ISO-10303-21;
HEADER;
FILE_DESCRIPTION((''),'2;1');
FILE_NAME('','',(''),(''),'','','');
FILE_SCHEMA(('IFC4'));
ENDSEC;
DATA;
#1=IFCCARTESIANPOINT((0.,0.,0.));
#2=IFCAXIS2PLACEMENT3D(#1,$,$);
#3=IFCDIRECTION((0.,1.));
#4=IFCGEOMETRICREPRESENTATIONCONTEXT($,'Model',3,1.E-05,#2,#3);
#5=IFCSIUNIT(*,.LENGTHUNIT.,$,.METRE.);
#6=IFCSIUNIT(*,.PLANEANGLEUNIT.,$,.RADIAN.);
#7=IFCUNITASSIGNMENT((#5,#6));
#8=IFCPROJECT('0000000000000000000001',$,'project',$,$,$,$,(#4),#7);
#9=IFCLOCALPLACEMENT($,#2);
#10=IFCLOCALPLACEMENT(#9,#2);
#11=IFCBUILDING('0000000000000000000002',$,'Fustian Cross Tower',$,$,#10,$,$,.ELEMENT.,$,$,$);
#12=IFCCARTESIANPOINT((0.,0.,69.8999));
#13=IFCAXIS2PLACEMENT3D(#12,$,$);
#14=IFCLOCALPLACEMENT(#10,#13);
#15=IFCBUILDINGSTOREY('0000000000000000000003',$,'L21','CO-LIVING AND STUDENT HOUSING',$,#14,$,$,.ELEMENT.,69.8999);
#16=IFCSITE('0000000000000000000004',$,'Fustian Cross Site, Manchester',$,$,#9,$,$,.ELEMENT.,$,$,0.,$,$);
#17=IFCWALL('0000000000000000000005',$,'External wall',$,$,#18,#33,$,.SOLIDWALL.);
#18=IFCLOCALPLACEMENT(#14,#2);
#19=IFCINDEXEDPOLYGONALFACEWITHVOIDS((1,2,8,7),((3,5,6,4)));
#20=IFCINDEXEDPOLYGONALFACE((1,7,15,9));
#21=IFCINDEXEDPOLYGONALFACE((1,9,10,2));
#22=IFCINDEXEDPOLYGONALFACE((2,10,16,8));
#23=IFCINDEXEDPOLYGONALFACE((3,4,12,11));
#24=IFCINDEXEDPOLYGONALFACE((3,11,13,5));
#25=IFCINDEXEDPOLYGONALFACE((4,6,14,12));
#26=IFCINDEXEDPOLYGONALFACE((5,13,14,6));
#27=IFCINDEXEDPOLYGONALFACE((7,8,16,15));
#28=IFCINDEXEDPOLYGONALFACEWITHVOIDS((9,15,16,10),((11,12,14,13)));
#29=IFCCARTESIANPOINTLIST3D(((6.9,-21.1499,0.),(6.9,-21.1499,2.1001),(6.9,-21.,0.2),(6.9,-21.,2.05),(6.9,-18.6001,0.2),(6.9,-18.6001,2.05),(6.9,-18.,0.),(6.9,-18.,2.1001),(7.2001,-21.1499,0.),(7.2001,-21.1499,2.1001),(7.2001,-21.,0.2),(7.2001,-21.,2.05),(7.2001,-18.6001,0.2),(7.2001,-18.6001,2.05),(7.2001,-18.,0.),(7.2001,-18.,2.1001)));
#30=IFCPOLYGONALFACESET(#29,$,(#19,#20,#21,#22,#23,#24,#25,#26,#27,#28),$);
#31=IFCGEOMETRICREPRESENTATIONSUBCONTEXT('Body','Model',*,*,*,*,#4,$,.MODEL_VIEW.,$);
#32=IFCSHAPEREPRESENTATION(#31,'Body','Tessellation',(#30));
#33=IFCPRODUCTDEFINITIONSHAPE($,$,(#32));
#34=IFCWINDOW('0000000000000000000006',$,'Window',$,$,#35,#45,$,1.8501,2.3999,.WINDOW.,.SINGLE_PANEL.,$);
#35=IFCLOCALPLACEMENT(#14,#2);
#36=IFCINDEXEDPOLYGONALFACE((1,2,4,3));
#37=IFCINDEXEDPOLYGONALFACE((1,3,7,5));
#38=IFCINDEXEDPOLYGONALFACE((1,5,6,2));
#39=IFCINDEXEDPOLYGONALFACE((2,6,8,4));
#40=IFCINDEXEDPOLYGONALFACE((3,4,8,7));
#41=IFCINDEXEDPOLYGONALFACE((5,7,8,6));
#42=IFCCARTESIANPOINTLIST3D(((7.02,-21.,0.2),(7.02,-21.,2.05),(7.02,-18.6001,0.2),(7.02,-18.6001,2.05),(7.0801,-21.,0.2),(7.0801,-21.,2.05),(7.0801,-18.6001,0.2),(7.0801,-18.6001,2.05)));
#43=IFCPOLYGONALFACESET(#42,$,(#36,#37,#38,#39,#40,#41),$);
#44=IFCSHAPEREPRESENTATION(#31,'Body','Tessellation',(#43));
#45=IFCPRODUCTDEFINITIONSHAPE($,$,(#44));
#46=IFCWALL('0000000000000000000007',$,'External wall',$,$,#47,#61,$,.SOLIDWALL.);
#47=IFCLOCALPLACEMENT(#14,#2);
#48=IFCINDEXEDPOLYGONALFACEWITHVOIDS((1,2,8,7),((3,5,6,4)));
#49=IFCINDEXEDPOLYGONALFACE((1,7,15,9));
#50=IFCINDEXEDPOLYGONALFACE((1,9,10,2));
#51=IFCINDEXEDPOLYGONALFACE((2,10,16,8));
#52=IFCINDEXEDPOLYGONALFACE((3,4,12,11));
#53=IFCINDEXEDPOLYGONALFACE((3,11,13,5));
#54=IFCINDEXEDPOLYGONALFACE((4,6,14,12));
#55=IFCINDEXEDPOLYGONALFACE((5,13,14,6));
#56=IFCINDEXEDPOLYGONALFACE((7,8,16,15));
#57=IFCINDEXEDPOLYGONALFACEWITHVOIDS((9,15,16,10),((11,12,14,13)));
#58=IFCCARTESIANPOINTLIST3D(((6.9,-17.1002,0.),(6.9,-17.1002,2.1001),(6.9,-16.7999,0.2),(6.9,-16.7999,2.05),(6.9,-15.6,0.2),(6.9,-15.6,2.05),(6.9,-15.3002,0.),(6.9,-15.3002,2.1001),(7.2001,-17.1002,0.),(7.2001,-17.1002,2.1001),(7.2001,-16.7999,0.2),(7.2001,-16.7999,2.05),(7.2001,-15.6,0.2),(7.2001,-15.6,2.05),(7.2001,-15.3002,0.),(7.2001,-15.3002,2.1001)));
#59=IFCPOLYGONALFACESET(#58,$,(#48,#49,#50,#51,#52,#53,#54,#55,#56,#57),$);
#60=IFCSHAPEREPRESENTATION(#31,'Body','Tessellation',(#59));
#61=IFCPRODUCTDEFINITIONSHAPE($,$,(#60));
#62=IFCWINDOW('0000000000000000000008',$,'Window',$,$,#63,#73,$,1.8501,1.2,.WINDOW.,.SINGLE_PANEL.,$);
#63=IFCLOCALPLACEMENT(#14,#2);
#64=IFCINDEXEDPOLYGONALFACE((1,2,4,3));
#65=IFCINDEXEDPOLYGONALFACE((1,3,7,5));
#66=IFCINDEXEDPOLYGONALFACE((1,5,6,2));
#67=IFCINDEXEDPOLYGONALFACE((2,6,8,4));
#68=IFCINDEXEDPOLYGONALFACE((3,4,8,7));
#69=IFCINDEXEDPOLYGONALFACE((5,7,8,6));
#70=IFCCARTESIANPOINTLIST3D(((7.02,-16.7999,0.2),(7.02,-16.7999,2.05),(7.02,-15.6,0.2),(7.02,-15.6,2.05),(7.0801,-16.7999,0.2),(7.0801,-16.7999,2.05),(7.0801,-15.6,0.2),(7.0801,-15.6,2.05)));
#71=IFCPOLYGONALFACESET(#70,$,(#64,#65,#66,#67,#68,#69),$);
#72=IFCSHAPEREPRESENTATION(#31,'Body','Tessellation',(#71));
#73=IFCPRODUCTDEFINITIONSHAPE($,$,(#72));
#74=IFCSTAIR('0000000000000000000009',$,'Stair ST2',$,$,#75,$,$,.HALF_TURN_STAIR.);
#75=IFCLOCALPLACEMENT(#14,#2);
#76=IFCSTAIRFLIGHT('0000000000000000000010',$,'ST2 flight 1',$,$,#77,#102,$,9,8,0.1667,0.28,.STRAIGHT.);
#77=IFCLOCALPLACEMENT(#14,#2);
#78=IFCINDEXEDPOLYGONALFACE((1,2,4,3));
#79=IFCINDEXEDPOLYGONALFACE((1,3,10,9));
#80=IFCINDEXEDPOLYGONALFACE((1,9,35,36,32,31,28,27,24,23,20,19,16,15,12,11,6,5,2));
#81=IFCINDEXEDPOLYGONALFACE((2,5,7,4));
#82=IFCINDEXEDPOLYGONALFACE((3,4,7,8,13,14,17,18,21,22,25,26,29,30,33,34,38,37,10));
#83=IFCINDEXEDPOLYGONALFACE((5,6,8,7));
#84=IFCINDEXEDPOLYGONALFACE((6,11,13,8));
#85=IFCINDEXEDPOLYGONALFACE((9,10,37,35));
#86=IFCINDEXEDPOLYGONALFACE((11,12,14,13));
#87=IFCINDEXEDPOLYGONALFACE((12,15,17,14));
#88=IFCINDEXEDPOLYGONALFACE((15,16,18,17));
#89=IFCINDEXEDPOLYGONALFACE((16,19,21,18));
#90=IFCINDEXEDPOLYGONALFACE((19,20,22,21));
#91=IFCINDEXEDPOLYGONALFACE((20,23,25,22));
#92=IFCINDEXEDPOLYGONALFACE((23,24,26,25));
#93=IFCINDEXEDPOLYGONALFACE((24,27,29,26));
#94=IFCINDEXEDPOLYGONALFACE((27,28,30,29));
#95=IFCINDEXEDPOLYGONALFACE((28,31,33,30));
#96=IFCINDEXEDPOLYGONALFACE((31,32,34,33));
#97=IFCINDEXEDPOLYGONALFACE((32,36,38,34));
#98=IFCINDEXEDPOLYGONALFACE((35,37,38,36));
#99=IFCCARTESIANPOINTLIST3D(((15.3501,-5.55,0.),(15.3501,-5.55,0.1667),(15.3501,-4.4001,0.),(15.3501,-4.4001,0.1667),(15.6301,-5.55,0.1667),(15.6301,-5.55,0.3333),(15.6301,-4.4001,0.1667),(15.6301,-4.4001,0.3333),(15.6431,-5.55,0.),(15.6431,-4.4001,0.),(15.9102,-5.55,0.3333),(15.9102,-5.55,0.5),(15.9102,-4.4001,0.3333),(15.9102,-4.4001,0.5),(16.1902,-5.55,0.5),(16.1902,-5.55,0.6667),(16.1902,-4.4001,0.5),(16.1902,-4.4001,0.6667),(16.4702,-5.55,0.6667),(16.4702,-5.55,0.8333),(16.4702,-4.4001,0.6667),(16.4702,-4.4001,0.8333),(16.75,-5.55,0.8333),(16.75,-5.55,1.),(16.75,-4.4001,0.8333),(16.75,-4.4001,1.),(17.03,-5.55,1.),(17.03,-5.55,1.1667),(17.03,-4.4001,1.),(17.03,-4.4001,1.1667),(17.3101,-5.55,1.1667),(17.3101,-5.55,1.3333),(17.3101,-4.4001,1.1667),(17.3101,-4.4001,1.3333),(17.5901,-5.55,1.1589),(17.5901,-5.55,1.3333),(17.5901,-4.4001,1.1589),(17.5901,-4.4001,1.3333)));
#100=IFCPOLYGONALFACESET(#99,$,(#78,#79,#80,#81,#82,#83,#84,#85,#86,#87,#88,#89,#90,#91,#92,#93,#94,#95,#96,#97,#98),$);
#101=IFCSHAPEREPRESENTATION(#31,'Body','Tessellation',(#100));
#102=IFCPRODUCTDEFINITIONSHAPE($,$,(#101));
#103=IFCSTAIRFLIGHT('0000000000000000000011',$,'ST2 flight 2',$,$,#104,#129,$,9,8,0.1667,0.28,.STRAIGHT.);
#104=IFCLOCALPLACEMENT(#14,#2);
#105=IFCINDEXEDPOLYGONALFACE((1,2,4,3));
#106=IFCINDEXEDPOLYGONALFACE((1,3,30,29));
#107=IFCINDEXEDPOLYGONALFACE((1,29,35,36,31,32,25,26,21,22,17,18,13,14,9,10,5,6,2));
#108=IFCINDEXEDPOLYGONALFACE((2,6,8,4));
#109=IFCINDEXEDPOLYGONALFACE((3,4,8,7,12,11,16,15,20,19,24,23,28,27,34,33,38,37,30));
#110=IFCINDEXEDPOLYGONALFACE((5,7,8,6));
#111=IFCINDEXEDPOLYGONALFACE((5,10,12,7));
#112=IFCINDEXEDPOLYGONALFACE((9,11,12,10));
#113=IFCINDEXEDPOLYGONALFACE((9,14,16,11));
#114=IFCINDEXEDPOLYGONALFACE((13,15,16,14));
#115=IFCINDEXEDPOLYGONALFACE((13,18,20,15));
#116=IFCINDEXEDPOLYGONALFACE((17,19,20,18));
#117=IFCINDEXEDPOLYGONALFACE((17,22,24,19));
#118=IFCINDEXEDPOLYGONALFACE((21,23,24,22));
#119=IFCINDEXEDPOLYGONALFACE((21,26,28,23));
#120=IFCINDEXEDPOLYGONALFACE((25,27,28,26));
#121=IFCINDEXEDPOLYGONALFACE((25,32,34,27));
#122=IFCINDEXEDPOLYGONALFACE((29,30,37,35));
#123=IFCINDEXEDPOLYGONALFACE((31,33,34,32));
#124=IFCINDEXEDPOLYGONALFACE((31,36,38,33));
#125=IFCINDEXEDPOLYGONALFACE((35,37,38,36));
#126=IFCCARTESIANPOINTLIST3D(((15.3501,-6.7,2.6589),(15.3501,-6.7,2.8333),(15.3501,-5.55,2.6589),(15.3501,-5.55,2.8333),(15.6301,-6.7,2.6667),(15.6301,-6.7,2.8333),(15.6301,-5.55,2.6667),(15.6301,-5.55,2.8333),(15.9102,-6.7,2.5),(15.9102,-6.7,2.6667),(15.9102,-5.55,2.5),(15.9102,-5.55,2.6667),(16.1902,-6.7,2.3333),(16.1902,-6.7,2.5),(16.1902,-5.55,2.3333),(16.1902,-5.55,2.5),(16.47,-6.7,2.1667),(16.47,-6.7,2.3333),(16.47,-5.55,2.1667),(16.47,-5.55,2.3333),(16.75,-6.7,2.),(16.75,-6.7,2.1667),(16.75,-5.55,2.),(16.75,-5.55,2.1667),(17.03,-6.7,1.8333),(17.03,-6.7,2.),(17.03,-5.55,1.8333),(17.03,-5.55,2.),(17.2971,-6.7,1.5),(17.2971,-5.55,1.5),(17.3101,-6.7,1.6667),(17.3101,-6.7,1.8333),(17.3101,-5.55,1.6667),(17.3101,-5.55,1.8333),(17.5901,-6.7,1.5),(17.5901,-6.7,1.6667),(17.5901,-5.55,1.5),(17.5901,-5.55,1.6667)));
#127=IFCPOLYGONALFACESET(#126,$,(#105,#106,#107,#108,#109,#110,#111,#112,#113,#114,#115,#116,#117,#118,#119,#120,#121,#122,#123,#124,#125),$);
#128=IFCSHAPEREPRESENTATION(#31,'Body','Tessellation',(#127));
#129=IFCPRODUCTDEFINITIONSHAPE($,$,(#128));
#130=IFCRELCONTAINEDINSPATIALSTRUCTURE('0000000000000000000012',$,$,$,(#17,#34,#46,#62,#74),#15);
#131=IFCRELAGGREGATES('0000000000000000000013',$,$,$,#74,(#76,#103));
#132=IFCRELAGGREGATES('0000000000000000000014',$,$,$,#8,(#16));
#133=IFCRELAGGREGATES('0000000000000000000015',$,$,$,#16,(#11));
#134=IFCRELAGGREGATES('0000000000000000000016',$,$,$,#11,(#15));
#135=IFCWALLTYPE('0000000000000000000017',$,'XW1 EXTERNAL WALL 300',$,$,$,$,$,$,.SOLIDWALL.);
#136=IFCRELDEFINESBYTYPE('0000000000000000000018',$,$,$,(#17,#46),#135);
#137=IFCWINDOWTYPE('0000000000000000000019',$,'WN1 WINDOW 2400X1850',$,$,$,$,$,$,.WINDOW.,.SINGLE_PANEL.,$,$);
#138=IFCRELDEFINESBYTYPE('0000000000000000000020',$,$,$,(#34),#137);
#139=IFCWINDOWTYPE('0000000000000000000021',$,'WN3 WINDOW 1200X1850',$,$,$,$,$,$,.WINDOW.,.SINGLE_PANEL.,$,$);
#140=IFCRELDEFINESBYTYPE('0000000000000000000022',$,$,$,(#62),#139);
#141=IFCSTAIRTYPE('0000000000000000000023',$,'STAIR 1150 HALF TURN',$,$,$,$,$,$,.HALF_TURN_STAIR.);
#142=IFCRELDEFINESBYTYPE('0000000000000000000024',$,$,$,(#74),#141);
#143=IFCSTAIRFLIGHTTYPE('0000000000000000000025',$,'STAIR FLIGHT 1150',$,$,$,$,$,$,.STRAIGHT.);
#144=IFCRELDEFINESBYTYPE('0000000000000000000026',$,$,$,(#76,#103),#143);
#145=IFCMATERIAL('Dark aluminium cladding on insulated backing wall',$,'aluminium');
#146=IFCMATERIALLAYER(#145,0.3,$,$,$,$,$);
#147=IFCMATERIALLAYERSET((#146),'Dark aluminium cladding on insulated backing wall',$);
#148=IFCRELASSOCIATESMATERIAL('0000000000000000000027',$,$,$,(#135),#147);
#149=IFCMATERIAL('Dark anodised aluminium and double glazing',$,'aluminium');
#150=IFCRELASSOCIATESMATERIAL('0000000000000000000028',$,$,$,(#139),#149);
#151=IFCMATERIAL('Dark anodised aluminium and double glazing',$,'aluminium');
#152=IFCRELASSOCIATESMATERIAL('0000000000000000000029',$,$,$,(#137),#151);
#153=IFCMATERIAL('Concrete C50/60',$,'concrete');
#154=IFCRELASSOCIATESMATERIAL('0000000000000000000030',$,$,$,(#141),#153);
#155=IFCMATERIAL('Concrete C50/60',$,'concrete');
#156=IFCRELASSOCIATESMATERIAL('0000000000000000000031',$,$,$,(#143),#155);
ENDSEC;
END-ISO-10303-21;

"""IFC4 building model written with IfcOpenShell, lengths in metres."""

from ifc_helpers import new_model, si_unit, direction, frame, frame_2d, origin, place, context, subcontext, project, spatial, polyline, rectangle, outline, extrude, material, layer, layer_set, type_object, element, fill, aggregate, save


model = new_model("IFC4")

# Units and contexts
model_context = context("Model", 3, precision=1e-05, world=origin(), true_north=direction((0.0, 1.0)))
body_context = subcontext(model_context, "Body", "Model", "MODEL_VIEW")
ifc_project = project(units=[si_unit("LENGTHUNIT", "METRE"), si_unit("PLANEANGLEUNIT", "RADIAN")], contexts=[model_context])

# Site, building, storey
site_placement = place(None, origin())
site = spatial("IfcSite", under=ifc_project, at=site_placement, Name="Fustian Cross Site, Manchester", CompositionType="ELEMENT", RefElevation=0.0)
building_placement = place(site_placement, origin())
building = spatial("IfcBuilding", under=site, at=building_placement, Name="Fustian Cross Tower", CompositionType="ELEMENT")
storey_placement = place(building_placement, frame((0.0, 0.0, 69.8999)))
storey = spatial("IfcBuildingStorey", under=building, at=storey_placement, Name="L21", Description="CO-LIVING AND STUDENT HOUSING", CompositionType="ELEMENT", Elevation=69.8999)

# Shared definitions
ifc_material_1 = material(Name="Dark aluminium cladding on insulated backing wall", Category="aluminium")
ifc_layer_1 = layer(ifc_material_1, 0.3)
ifc_layer_set_1 = layer_set([ifc_layer_1], Name="Dark aluminium cladding on insulated backing wall")
wall_type_1 = type_object("IfcWallType", Name="XW1 EXTERNAL WALL 300", PredefinedType="SOLIDWALL", material=ifc_layer_set_1)
ifc_material_2 = material(Name="Dark anodised aluminium and double glazing", Category="aluminium")
window_type_1 = type_object("IfcWindowType", Name="WN3 WINDOW 1200X1850", PartitioningType="SINGLE_PANEL", PredefinedType="WINDOW", material=ifc_material_2)
ifc_material_3 = material(Name="Dark anodised aluminium and double glazing", Category="aluminium")
window_type_2 = type_object("IfcWindowType", Name="WN1 WINDOW 2400X1850", PartitioningType="SINGLE_PANEL", PredefinedType="WINDOW", material=ifc_material_3)

# Walls, openings, windows
wall_1_placement = place(storey_placement, frame((7.05, -21.1499, 0.0), z_axis=(0.0, 0.0, 1.0), x_axis=(0.0, 1.0, 0.0)))
wall_1 = element("IfcWall", 1, at=wall_1_placement, inside=storey, type_object=wall_type_1, Name="External wall", PredefinedType="SOLIDWALL", context=body_context, shape_type="SweptSolid", body=[
    extrude(rectangle(XDim=3.1499, YDim=0.3, at=frame_2d((1.575, 0.0))), origin(), (0.0, 0.0, 1.0), 2.1001),
])
opening_1_placement = place(wall_1_placement, frame((0.1499, 0.0, 0.2)))
opening_1 = element("IfcOpeningElement", 2, at=opening_1_placement, cuts=wall_1, PredefinedType="OPENING", context=body_context, shape_type="SweptSolid", body=[
    extrude(rectangle(XDim=2.3999, YDim=1.8501, at=frame_2d((1.2, 0.925))), frame((0.0, 0.1599, 0.0), z_axis=(0.0, -1.0, 0.0), x_axis=(1.0, 0.0, 0.0)), (0.0, 0.0, 1.0), 0.3201),
])
window_1_placement = place(opening_1_placement, origin())
window_1 = element("IfcWindow", 3, at=window_1_placement, inside=storey, type_object=window_type_2, Name="Window", OverallHeight=1.8501, OverallWidth=2.3999, PartitioningType="SINGLE_PANEL", PredefinedType="WINDOW", context=body_context, shape_type="SweptSolid", body=[
    extrude(rectangle(XDim=2.3999, YDim=1.8501, at=frame_2d((1.2, 0.925))), frame((0.0, 0.03, 0.0), z_axis=(0.0, -1.0, 0.0), x_axis=(1.0, 0.0, 0.0)), (0.0, 0.0, 1.0), 0.0601),
])
fill(opening_1, window_1)
wall_2_placement = place(storey_placement, frame((7.05, -17.1001, 0.0), z_axis=(0.0, 0.0, 1.0), x_axis=(0.0, 1.0, 0.0)))
wall_2 = element("IfcWall", 4, at=wall_2_placement, inside=storey, type_object=wall_type_1, Name="External wall", PredefinedType="SOLIDWALL", context=body_context, shape_type="SweptSolid", body=[
    extrude(rectangle(XDim=1.8, YDim=0.3, at=frame_2d((0.8999, 0.0))), origin(), (0.0, 0.0, 1.0), 2.1001),
])
opening_2_placement = place(wall_2_placement, frame((0.3, 0.0, 0.2)))
opening_2 = element("IfcOpeningElement", 5, at=opening_2_placement, cuts=wall_2, PredefinedType="OPENING", context=body_context, shape_type="SweptSolid", body=[
    extrude(rectangle(XDim=1.2, YDim=1.8501, at=frame_2d((0.6001, 0.925))), frame((0.0, 0.1599, 0.0), z_axis=(0.0, -1.0, 0.0), x_axis=(1.0, 0.0, 0.0)), (0.0, 0.0, 1.0), 0.3201),
])
window_2_placement = place(opening_2_placement, origin())
window_2 = element("IfcWindow", 6, at=window_2_placement, inside=storey, type_object=window_type_1, Name="Window", OverallHeight=1.8501, OverallWidth=1.2, PartitioningType="SINGLE_PANEL", PredefinedType="WINDOW", context=body_context, shape_type="SweptSolid", body=[
    extrude(rectangle(XDim=1.2, YDim=1.8501, at=frame_2d((0.6001, 0.925))), frame((0.0, 0.03, 0.0), z_axis=(0.0, -1.0, 0.0), x_axis=(1.0, 0.0, 0.0)), (0.0, 0.0, 1.0), 0.0601),
])
fill(opening_2, window_2)

# Stair, stair flights
ifc_material_4 = material(Name="Concrete C50/60", Category="concrete")
stair_type = type_object("IfcStairType", Name="STAIR 1150 HALF TURN", PredefinedType="HALF_TURN_STAIR", material=ifc_material_4)
stair_placement = place(storey_placement, origin())
stair = element("IfcStair", 7, at=stair_placement, inside=storey, type_object=stair_type, Name="Stair ST2", PredefinedType="HALF_TURN_STAIR")
ifc_material_5 = material(Name="Concrete C50/60", Category="concrete")
stair_flight_type = type_object("IfcStairFlightType", Name="STAIR FLIGHT 1150", PredefinedType="STRAIGHT", material=ifc_material_5)
stair_flight_1_placement = place(storey_placement, frame((15.3501, -4.9751, 0.0), z_axis=(0.0, 0.0, 1.0), x_axis=(1.0, 0.0, 0.0)))
stair_flight_1 = element("IfcStairFlight", 8, at=stair_flight_1_placement, type_object=stair_flight_type, Name="ST2 flight 1", NumberOfRisers=9, NumberOfTreads=8, PredefinedType="STRAIGHT", RiserHeight=0.1667, TreadLength=0.28, context=body_context, shape_type="SweptSolid", body=[
    extrude(outline(polyline([(0.0, 0.0), (0.0, 0.1667), (0.28, 0.1667), (0.28, 0.3333), (0.5601, 0.3333), (0.5601, 0.5), (0.8401, 0.5), (0.8401, 0.6667), (1.1201, 0.6667), (1.1201, 0.8333), (1.3999, 0.8333), (1.3999, 1.0), (1.6799, 1.0), (1.6799, 1.1667), (1.96, 1.1667), (1.96, 1.3333), (2.24, 1.3333), (2.24, 1.5), (2.24, 1.1589), (0.293, 0.0), (0.0, 0.0)])), frame((0.0, 0.575, 0.0), z_axis=(0.0, -1.0, 0.0), x_axis=(1.0, 0.0, 0.0)), (0.0, 0.0, 1.0), 1.1499),
])
stair_flight_2_placement = place(storey_placement, frame((17.5901, -6.125, 1.5), z_axis=(0.0, 0.0, 1.0), x_axis=(-1.0, 0.0, 0.0)))
stair_flight_2 = element("IfcStairFlight", 9, at=stair_flight_2_placement, type_object=stair_flight_type, Name="ST2 flight 2", NumberOfRisers=9, NumberOfTreads=8, PredefinedType="STRAIGHT", RiserHeight=0.1667, TreadLength=0.28, context=body_context, shape_type="SweptSolid", body=[
    extrude(outline(polyline([(0.0, 0.0), (0.0, 0.1667), (0.28, 0.1667), (0.28, 0.3333), (0.5601, 0.3333), (0.5601, 0.5), (0.8401, 0.5), (0.8401, 0.6667), (1.1201, 0.6667), (1.1201, 0.8333), (1.3999, 0.8333), (1.3999, 1.0), (1.6799, 1.0), (1.6799, 1.1667), (1.96, 1.1667), (1.96, 1.3333), (2.24, 1.3333), (2.24, 1.5), (2.24, 1.1589), (0.293, 0.0), (0.0, 0.0)])), frame((0.0, 0.575, 0.0), z_axis=(0.0, -1.0, 0.0), x_axis=(1.0, 0.0, 0.0)), (0.0, 0.0, 1.0), 1.1499),
])
aggregate(stair, [stair_flight_1, stair_flight_2])

save(model, "model.ifc")
